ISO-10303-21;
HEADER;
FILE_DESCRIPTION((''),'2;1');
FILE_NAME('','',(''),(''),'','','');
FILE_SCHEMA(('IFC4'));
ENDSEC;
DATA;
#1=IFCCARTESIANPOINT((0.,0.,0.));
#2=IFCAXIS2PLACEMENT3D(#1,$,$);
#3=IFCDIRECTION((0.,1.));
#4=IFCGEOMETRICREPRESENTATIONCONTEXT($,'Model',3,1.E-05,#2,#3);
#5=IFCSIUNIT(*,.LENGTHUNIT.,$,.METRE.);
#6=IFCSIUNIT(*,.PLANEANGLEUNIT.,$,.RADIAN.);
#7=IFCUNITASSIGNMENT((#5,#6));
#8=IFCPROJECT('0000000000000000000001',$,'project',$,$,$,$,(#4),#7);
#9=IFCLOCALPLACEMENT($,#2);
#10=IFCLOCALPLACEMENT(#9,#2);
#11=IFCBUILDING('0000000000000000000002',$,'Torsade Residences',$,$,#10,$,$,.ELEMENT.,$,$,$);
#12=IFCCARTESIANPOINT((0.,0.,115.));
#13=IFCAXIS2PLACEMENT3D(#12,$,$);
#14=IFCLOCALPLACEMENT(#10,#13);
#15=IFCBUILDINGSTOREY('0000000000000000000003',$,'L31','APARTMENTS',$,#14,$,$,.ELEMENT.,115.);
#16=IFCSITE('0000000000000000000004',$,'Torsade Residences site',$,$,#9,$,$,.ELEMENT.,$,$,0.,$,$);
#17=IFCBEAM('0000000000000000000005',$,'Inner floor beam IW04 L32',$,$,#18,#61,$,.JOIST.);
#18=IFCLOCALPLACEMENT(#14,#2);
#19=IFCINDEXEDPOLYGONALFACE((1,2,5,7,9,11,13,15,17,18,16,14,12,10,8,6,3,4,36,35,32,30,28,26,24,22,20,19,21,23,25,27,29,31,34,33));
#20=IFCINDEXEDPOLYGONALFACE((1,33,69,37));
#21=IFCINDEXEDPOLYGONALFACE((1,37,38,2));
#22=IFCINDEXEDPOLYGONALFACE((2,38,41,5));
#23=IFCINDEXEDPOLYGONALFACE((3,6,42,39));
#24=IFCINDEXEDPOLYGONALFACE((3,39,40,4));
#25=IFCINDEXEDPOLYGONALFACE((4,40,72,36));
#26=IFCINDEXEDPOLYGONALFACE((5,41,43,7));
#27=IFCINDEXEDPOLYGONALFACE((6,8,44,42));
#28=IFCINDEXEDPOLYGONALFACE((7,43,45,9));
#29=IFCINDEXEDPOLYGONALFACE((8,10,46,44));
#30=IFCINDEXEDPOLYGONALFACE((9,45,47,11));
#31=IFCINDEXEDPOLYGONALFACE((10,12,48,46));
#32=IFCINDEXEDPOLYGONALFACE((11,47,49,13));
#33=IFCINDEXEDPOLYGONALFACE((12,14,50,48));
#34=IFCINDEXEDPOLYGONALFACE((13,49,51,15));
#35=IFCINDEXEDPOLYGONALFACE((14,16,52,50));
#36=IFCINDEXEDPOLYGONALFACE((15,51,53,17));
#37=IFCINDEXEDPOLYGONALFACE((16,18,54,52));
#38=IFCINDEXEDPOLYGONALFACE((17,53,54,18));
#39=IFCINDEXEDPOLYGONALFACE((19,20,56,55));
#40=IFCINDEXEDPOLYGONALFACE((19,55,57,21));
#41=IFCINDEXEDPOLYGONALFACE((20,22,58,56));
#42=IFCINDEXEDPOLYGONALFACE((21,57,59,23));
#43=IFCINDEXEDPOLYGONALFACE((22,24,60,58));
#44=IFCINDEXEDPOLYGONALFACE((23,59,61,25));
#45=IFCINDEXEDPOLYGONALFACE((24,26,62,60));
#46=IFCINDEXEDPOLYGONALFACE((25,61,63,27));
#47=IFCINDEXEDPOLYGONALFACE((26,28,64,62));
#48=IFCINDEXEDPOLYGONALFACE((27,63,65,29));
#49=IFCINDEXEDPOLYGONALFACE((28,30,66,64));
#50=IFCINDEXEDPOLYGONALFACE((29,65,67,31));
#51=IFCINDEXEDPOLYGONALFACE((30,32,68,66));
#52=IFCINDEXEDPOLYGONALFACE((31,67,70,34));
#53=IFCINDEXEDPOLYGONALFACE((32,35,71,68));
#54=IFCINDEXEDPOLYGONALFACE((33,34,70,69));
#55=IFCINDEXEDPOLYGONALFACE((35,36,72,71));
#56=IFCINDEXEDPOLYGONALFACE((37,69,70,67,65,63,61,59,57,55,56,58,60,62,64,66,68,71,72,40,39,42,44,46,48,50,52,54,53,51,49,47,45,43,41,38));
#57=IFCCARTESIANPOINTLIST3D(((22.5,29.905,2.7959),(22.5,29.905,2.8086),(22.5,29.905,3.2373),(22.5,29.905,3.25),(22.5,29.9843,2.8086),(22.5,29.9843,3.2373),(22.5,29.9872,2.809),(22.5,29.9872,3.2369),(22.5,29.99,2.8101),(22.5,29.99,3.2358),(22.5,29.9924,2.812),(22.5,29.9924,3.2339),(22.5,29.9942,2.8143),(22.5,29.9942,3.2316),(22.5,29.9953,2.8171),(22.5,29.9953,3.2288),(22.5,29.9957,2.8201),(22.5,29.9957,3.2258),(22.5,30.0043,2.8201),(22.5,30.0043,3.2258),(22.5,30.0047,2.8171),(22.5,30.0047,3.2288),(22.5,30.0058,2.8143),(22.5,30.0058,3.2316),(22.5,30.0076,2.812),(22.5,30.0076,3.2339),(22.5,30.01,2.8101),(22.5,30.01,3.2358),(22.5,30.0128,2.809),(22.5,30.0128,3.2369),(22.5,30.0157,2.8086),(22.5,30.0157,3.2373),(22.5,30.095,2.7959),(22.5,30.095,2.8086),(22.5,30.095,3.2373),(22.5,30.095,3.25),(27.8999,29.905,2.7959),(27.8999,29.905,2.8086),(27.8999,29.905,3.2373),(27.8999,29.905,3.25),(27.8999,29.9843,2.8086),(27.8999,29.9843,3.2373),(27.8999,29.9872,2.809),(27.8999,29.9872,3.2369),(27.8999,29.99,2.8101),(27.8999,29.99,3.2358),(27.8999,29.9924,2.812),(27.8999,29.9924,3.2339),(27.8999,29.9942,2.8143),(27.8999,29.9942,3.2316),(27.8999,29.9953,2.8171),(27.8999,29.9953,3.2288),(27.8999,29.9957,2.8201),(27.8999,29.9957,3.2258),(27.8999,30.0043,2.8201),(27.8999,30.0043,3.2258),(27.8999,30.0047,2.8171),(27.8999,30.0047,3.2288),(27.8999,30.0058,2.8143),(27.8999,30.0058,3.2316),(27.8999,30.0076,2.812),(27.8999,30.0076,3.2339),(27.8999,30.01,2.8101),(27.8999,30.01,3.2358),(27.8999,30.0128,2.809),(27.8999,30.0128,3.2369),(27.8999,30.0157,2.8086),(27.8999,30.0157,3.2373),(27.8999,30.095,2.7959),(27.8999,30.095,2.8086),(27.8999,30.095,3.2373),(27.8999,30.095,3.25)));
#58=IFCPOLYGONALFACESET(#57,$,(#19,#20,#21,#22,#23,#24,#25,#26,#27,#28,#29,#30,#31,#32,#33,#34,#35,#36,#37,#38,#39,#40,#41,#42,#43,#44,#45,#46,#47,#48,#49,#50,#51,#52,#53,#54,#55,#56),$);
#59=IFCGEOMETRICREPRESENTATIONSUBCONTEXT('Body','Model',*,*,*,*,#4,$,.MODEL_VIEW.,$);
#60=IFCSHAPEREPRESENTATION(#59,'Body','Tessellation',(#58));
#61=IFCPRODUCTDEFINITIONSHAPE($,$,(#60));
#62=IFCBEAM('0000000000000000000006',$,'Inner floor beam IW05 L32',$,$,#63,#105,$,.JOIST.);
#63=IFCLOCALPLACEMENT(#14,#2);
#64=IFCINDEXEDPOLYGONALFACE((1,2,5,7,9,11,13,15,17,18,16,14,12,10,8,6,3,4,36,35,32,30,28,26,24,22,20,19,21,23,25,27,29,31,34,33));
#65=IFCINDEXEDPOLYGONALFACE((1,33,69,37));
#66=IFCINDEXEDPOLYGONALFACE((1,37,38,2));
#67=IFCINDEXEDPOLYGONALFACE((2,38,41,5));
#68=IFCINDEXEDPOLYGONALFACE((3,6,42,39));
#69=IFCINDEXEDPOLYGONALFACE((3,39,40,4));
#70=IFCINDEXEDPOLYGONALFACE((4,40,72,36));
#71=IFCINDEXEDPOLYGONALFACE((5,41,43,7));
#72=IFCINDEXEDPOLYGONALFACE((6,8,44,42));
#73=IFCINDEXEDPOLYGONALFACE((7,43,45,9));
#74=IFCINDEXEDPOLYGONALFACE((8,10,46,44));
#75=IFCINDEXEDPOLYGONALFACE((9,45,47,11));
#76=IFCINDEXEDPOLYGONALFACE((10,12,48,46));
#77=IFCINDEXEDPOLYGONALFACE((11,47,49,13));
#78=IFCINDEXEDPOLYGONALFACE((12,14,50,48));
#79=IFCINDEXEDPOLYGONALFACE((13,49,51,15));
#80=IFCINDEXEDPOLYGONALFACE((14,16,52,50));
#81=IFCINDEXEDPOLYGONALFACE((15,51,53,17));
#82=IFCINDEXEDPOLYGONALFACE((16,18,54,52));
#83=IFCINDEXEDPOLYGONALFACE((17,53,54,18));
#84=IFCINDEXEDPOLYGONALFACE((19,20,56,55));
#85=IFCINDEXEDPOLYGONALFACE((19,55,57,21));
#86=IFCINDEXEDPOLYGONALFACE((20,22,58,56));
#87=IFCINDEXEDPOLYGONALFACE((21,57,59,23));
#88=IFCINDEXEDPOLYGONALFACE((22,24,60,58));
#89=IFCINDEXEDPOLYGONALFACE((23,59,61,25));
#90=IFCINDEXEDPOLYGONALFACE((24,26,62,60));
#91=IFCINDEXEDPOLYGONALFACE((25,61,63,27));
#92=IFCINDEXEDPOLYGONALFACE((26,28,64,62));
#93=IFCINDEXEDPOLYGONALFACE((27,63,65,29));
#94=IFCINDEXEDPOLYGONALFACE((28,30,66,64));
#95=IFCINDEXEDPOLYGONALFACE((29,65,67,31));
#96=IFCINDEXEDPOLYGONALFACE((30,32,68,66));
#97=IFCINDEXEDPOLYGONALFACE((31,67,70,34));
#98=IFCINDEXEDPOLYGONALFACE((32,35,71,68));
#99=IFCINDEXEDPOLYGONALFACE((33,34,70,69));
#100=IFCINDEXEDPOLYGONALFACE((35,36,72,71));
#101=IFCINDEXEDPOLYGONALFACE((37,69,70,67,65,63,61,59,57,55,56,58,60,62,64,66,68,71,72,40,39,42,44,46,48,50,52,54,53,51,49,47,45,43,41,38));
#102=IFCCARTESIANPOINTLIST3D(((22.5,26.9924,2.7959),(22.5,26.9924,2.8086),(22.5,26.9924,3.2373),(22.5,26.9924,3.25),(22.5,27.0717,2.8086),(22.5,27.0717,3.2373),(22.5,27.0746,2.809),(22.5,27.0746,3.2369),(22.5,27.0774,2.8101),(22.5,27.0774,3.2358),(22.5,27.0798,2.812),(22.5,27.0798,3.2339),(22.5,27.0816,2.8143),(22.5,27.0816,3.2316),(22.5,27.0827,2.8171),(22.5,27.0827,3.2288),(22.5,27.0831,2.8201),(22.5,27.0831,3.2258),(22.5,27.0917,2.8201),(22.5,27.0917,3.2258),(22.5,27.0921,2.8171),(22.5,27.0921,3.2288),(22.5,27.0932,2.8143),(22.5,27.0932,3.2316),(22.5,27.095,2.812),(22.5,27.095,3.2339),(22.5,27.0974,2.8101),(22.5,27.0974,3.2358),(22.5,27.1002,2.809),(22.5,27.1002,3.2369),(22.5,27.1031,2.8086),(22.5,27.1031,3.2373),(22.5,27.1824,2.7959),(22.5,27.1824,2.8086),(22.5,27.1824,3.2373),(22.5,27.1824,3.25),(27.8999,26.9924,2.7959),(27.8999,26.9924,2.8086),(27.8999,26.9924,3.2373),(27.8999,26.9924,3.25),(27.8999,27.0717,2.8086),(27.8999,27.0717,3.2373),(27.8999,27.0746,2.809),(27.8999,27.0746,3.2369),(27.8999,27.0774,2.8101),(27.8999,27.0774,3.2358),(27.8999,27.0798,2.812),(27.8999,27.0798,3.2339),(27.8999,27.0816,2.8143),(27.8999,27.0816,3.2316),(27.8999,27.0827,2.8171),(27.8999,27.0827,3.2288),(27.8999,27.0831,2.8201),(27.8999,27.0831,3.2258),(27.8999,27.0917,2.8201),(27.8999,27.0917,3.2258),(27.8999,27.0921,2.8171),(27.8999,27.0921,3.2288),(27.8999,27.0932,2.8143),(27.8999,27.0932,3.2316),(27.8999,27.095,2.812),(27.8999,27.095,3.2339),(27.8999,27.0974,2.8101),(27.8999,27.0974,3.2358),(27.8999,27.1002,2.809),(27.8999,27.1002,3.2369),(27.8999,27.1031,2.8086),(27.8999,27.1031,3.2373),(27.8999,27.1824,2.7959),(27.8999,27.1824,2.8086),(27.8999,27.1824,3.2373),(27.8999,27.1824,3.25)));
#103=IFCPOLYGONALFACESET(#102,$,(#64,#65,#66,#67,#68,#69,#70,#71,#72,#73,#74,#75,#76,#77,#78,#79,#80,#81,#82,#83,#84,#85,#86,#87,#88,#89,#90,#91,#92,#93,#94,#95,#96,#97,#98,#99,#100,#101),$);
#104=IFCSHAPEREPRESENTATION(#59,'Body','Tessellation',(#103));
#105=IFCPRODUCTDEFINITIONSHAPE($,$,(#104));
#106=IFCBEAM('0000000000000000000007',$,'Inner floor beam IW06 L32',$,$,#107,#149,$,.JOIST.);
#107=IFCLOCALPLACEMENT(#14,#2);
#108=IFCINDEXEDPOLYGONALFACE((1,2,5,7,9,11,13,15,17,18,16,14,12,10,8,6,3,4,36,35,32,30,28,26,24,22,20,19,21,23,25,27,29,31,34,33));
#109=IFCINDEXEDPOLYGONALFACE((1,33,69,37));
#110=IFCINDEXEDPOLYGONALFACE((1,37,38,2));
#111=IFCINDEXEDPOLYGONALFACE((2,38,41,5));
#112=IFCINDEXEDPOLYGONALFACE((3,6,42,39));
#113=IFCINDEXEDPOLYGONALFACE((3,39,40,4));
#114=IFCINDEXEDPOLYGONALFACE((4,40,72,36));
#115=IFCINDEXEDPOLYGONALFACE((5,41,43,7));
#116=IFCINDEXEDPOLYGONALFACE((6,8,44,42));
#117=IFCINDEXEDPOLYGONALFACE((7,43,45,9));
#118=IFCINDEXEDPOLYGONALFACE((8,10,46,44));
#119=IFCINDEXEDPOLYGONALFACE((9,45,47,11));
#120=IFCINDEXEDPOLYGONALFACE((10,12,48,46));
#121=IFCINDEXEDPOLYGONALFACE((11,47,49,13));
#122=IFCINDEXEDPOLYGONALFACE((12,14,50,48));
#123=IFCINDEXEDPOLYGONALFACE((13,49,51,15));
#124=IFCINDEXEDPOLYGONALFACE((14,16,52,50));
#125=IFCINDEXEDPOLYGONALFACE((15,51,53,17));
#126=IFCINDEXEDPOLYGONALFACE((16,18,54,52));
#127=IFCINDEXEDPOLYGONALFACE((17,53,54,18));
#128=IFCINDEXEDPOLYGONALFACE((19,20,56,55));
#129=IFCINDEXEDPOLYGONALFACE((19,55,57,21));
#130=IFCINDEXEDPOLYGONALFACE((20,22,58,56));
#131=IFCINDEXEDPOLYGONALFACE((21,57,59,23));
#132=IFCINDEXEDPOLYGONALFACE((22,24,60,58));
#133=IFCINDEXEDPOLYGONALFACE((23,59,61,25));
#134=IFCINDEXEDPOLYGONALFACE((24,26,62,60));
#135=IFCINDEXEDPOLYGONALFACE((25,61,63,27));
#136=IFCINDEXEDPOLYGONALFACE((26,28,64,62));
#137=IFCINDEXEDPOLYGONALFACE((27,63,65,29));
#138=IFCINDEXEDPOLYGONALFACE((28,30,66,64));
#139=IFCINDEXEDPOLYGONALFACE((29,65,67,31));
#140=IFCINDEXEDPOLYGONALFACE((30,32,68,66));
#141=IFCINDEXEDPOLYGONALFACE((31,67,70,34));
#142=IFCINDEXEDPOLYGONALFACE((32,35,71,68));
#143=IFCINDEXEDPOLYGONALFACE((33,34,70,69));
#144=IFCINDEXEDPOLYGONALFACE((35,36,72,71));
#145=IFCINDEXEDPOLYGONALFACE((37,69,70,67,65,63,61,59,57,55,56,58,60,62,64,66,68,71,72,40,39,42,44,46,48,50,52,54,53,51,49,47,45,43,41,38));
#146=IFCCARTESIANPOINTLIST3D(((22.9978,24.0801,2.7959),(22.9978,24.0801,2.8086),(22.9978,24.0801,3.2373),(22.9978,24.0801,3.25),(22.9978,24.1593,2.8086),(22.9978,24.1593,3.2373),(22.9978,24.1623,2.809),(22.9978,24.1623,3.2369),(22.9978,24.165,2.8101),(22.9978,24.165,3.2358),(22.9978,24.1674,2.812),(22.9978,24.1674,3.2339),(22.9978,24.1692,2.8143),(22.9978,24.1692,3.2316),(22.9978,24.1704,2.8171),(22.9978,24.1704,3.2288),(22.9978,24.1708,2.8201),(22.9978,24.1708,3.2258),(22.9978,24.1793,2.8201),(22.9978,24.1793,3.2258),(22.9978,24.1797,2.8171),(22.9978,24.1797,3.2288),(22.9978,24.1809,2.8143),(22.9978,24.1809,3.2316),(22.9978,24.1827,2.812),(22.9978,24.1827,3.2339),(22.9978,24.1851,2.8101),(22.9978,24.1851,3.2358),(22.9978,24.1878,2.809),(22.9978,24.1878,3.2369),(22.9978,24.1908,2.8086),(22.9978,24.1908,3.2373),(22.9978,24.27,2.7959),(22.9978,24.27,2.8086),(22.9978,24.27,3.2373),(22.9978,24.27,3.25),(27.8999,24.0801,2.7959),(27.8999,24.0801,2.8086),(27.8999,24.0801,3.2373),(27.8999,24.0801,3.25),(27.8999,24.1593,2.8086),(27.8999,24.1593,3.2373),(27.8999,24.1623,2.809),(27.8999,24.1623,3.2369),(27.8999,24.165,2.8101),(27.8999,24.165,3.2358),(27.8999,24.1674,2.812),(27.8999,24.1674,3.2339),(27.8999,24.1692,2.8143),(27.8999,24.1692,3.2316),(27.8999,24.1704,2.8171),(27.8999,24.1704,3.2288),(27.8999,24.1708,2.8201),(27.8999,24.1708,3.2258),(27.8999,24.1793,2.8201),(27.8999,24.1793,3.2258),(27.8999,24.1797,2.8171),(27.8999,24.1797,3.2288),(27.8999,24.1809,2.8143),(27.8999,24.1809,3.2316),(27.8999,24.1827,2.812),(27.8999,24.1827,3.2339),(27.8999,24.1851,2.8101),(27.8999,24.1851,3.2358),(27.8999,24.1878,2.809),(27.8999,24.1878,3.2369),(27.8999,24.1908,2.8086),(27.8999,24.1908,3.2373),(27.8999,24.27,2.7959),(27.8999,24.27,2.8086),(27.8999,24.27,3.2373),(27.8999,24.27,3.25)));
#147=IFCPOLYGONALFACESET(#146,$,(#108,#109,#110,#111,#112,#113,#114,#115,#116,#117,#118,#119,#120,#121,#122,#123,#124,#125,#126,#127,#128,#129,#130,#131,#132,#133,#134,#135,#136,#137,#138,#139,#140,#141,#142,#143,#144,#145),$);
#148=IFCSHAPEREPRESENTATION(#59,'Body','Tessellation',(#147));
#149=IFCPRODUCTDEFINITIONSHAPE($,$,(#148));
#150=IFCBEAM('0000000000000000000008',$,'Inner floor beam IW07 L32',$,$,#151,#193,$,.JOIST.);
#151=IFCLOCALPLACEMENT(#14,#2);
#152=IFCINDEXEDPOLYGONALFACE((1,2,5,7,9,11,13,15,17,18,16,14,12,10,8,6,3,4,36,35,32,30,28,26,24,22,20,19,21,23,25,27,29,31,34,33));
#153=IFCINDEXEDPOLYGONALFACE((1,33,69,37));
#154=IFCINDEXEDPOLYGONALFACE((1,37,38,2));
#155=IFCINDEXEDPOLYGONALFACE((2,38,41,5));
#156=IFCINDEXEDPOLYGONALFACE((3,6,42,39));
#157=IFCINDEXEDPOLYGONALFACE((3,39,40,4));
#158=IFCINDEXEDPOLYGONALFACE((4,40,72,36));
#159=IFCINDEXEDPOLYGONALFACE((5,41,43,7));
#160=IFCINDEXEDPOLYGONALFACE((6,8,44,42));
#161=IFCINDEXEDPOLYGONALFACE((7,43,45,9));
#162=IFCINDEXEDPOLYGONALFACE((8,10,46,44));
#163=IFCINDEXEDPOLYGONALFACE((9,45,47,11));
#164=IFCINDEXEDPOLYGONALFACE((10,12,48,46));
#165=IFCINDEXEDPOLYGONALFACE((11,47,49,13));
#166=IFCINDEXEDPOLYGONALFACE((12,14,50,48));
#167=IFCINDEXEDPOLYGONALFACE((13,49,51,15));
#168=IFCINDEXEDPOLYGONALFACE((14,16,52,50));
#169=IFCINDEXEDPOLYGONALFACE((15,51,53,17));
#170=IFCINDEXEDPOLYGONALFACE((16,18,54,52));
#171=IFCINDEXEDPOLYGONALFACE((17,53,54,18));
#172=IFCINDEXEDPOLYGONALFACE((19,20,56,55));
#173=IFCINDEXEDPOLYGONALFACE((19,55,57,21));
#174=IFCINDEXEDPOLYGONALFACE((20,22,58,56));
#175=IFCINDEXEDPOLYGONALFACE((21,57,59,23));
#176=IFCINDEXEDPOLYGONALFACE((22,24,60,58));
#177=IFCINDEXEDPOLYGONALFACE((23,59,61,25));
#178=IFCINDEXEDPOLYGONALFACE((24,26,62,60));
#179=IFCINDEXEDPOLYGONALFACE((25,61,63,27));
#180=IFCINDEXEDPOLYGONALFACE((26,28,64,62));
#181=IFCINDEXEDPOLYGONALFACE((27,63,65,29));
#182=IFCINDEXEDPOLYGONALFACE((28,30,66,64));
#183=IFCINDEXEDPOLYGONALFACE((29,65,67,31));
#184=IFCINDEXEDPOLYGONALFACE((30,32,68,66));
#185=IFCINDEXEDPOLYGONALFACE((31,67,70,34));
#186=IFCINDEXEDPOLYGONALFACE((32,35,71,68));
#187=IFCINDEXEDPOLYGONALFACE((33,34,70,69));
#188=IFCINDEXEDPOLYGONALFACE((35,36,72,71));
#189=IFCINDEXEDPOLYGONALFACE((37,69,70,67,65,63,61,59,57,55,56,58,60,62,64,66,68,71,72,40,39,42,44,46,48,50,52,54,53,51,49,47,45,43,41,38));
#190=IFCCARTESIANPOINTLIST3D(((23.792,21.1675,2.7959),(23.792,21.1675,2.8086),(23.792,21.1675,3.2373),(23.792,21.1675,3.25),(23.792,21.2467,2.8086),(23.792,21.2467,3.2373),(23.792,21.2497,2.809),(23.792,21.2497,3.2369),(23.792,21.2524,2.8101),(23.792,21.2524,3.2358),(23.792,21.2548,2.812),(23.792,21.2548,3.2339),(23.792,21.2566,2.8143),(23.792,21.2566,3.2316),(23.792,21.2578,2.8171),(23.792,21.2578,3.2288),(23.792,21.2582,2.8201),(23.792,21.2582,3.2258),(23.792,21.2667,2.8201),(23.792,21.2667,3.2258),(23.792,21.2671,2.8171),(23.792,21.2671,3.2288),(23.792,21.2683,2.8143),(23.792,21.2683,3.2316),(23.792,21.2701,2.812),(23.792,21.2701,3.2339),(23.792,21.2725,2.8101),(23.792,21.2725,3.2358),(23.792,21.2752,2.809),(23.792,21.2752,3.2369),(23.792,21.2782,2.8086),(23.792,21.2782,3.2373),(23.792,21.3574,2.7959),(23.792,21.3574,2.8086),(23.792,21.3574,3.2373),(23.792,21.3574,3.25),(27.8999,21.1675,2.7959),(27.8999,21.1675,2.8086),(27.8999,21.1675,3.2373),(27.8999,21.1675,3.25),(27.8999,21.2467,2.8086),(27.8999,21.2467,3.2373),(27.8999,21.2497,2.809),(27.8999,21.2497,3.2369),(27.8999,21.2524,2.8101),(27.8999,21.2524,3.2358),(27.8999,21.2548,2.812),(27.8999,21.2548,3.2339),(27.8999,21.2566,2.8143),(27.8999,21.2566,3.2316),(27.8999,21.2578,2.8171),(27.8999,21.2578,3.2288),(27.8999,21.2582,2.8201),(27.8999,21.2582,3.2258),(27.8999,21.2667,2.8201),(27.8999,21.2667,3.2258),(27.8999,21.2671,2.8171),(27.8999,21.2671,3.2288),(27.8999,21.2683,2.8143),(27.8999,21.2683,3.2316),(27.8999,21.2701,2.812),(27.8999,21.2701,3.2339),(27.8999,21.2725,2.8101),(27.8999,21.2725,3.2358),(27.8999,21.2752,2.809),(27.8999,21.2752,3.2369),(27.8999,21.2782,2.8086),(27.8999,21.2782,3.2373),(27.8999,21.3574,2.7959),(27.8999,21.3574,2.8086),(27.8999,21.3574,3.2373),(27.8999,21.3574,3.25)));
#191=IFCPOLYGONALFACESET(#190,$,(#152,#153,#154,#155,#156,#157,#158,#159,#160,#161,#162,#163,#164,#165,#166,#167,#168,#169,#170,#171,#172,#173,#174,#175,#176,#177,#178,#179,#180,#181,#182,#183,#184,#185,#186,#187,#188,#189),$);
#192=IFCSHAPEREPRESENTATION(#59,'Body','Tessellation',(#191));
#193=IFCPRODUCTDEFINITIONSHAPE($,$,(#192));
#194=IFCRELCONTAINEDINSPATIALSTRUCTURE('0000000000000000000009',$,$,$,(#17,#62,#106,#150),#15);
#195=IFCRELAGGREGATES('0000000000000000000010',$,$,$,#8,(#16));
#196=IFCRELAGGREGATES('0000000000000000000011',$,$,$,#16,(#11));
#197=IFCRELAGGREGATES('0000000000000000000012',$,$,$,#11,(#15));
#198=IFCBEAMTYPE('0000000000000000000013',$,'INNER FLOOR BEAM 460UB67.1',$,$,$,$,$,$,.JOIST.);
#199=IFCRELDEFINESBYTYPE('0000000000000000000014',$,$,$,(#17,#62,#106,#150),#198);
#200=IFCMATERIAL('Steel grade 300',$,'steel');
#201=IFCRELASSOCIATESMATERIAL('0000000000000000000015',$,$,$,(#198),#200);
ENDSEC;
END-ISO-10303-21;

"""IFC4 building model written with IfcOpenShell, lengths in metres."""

from ifc_helpers import new_model, si_unit, direction, frame, origin, origin_2d, place, context, subcontext, project, spatial, i_section, extrude, material, material_profile, profile_set, type_object, element, save


model = new_model("IFC4")

# Units and contexts
model_context = context("Model", 3, precision=1e-05, world=origin(), true_north=direction((0.0, 1.0)))
body_context = subcontext(model_context, "Body", "Model", "MODEL_VIEW")
ifc_project = project(units=[si_unit("LENGTHUNIT", "METRE"), si_unit("PLANEANGLEUNIT", "RADIAN")], contexts=[model_context])

# Site, building, storey
site_placement = place(None, origin())
site = spatial("IfcSite", under=ifc_project, at=site_placement, Name="Torsade Residences site", CompositionType="ELEMENT", RefElevation=0.0)
building_placement = place(site_placement, origin())
building = spatial("IfcBuilding", under=site, at=building_placement, Name="Torsade Residences", CompositionType="ELEMENT")
storey_placement = place(building_placement, frame((0.0, 0.0, 115.0)))
storey = spatial("IfcBuildingStorey", under=building, at=storey_placement, Name="L31", Description="APARTMENTS", CompositionType="ELEMENT", Elevation=115.0)

# Beams
ifc_material_1 = material(Name="Steel grade 300", Category="steel")
ifc_material_profile_1 = material_profile(ifc_material_1, i_section(OverallWidth=0.1899, OverallDepth=0.4541, WebThickness=0.0085, FlangeThickness=0.0127, FilletRadius=0.0115, at=origin_2d()), Name="460UB67.1")
ifc_profile_set_1 = profile_set([ifc_material_profile_1], Name="Steel grade 300")
beam_type_1 = type_object("IfcBeamType", Name="INNER FLOOR BEAM 460UB67.1", PredefinedType="JOIST", material=ifc_profile_set_1)
for number, where, z_axis, x_axis, name in (
    (1, (27.8999, 30.0, 3.0229), (-1.0, 0.0, 0.0), (0.0, -1.0, 0.0), "Inner floor beam IW04 L32"),
    (2, (27.8999, 27.0874, 3.0229), (-1.0, 0.0, 0.0), (0.0, -1.0, 0.0), "Inner floor beam IW05 L32"),
):
    element("IfcBeam", number, at=place(storey_placement, frame(where, z_axis=z_axis, x_axis=x_axis)), inside=storey, type_object=beam_type_1, Name=name, PredefinedType="JOIST", context=body_context, shape_type="SweptSolid", body=[
        extrude(i_section(OverallWidth=0.1899, OverallDepth=0.4541, WebThickness=0.0085, FlangeThickness=0.0127, FilletRadius=0.0115, at=origin_2d()), origin(), (0.0, 0.0, 1.0), 5.3999),
    ])
beam_1_placement = place(storey_placement, frame((27.8999, 24.175, 3.0229), z_axis=(-1.0, 0.0, 0.0), x_axis=(0.0, -1.0, 0.0)))
element("IfcBeam", 3, at=beam_1_placement, inside=storey, type_object=beam_type_1, Name="Inner floor beam IW06 L32", PredefinedType="JOIST", context=body_context, shape_type="SweptSolid", body=[
    extrude(i_section(OverallWidth=0.1899, OverallDepth=0.4541, WebThickness=0.0085, FlangeThickness=0.0127, FilletRadius=0.0115, at=origin_2d()), origin(), (0.0, 0.0, 1.0), 4.9021),
])
beam_2_placement = place(storey_placement, frame((27.8999, 21.2625, 3.0229), z_axis=(-1.0, 0.0, 0.0), x_axis=(0.0, -1.0, 0.0)))
element("IfcBeam", 4, at=beam_2_placement, inside=storey, type_object=beam_type_1, Name="Inner floor beam IW07 L32", PredefinedType="JOIST", context=body_context, shape_type="SweptSolid", body=[
    extrude(i_section(OverallWidth=0.1899, OverallDepth=0.4541, WebThickness=0.0085, FlangeThickness=0.0127, FilletRadius=0.0115, at=origin_2d()), origin(), (0.0, 0.0, 1.0), 4.1079),
])

save(model, "model.ifc")
